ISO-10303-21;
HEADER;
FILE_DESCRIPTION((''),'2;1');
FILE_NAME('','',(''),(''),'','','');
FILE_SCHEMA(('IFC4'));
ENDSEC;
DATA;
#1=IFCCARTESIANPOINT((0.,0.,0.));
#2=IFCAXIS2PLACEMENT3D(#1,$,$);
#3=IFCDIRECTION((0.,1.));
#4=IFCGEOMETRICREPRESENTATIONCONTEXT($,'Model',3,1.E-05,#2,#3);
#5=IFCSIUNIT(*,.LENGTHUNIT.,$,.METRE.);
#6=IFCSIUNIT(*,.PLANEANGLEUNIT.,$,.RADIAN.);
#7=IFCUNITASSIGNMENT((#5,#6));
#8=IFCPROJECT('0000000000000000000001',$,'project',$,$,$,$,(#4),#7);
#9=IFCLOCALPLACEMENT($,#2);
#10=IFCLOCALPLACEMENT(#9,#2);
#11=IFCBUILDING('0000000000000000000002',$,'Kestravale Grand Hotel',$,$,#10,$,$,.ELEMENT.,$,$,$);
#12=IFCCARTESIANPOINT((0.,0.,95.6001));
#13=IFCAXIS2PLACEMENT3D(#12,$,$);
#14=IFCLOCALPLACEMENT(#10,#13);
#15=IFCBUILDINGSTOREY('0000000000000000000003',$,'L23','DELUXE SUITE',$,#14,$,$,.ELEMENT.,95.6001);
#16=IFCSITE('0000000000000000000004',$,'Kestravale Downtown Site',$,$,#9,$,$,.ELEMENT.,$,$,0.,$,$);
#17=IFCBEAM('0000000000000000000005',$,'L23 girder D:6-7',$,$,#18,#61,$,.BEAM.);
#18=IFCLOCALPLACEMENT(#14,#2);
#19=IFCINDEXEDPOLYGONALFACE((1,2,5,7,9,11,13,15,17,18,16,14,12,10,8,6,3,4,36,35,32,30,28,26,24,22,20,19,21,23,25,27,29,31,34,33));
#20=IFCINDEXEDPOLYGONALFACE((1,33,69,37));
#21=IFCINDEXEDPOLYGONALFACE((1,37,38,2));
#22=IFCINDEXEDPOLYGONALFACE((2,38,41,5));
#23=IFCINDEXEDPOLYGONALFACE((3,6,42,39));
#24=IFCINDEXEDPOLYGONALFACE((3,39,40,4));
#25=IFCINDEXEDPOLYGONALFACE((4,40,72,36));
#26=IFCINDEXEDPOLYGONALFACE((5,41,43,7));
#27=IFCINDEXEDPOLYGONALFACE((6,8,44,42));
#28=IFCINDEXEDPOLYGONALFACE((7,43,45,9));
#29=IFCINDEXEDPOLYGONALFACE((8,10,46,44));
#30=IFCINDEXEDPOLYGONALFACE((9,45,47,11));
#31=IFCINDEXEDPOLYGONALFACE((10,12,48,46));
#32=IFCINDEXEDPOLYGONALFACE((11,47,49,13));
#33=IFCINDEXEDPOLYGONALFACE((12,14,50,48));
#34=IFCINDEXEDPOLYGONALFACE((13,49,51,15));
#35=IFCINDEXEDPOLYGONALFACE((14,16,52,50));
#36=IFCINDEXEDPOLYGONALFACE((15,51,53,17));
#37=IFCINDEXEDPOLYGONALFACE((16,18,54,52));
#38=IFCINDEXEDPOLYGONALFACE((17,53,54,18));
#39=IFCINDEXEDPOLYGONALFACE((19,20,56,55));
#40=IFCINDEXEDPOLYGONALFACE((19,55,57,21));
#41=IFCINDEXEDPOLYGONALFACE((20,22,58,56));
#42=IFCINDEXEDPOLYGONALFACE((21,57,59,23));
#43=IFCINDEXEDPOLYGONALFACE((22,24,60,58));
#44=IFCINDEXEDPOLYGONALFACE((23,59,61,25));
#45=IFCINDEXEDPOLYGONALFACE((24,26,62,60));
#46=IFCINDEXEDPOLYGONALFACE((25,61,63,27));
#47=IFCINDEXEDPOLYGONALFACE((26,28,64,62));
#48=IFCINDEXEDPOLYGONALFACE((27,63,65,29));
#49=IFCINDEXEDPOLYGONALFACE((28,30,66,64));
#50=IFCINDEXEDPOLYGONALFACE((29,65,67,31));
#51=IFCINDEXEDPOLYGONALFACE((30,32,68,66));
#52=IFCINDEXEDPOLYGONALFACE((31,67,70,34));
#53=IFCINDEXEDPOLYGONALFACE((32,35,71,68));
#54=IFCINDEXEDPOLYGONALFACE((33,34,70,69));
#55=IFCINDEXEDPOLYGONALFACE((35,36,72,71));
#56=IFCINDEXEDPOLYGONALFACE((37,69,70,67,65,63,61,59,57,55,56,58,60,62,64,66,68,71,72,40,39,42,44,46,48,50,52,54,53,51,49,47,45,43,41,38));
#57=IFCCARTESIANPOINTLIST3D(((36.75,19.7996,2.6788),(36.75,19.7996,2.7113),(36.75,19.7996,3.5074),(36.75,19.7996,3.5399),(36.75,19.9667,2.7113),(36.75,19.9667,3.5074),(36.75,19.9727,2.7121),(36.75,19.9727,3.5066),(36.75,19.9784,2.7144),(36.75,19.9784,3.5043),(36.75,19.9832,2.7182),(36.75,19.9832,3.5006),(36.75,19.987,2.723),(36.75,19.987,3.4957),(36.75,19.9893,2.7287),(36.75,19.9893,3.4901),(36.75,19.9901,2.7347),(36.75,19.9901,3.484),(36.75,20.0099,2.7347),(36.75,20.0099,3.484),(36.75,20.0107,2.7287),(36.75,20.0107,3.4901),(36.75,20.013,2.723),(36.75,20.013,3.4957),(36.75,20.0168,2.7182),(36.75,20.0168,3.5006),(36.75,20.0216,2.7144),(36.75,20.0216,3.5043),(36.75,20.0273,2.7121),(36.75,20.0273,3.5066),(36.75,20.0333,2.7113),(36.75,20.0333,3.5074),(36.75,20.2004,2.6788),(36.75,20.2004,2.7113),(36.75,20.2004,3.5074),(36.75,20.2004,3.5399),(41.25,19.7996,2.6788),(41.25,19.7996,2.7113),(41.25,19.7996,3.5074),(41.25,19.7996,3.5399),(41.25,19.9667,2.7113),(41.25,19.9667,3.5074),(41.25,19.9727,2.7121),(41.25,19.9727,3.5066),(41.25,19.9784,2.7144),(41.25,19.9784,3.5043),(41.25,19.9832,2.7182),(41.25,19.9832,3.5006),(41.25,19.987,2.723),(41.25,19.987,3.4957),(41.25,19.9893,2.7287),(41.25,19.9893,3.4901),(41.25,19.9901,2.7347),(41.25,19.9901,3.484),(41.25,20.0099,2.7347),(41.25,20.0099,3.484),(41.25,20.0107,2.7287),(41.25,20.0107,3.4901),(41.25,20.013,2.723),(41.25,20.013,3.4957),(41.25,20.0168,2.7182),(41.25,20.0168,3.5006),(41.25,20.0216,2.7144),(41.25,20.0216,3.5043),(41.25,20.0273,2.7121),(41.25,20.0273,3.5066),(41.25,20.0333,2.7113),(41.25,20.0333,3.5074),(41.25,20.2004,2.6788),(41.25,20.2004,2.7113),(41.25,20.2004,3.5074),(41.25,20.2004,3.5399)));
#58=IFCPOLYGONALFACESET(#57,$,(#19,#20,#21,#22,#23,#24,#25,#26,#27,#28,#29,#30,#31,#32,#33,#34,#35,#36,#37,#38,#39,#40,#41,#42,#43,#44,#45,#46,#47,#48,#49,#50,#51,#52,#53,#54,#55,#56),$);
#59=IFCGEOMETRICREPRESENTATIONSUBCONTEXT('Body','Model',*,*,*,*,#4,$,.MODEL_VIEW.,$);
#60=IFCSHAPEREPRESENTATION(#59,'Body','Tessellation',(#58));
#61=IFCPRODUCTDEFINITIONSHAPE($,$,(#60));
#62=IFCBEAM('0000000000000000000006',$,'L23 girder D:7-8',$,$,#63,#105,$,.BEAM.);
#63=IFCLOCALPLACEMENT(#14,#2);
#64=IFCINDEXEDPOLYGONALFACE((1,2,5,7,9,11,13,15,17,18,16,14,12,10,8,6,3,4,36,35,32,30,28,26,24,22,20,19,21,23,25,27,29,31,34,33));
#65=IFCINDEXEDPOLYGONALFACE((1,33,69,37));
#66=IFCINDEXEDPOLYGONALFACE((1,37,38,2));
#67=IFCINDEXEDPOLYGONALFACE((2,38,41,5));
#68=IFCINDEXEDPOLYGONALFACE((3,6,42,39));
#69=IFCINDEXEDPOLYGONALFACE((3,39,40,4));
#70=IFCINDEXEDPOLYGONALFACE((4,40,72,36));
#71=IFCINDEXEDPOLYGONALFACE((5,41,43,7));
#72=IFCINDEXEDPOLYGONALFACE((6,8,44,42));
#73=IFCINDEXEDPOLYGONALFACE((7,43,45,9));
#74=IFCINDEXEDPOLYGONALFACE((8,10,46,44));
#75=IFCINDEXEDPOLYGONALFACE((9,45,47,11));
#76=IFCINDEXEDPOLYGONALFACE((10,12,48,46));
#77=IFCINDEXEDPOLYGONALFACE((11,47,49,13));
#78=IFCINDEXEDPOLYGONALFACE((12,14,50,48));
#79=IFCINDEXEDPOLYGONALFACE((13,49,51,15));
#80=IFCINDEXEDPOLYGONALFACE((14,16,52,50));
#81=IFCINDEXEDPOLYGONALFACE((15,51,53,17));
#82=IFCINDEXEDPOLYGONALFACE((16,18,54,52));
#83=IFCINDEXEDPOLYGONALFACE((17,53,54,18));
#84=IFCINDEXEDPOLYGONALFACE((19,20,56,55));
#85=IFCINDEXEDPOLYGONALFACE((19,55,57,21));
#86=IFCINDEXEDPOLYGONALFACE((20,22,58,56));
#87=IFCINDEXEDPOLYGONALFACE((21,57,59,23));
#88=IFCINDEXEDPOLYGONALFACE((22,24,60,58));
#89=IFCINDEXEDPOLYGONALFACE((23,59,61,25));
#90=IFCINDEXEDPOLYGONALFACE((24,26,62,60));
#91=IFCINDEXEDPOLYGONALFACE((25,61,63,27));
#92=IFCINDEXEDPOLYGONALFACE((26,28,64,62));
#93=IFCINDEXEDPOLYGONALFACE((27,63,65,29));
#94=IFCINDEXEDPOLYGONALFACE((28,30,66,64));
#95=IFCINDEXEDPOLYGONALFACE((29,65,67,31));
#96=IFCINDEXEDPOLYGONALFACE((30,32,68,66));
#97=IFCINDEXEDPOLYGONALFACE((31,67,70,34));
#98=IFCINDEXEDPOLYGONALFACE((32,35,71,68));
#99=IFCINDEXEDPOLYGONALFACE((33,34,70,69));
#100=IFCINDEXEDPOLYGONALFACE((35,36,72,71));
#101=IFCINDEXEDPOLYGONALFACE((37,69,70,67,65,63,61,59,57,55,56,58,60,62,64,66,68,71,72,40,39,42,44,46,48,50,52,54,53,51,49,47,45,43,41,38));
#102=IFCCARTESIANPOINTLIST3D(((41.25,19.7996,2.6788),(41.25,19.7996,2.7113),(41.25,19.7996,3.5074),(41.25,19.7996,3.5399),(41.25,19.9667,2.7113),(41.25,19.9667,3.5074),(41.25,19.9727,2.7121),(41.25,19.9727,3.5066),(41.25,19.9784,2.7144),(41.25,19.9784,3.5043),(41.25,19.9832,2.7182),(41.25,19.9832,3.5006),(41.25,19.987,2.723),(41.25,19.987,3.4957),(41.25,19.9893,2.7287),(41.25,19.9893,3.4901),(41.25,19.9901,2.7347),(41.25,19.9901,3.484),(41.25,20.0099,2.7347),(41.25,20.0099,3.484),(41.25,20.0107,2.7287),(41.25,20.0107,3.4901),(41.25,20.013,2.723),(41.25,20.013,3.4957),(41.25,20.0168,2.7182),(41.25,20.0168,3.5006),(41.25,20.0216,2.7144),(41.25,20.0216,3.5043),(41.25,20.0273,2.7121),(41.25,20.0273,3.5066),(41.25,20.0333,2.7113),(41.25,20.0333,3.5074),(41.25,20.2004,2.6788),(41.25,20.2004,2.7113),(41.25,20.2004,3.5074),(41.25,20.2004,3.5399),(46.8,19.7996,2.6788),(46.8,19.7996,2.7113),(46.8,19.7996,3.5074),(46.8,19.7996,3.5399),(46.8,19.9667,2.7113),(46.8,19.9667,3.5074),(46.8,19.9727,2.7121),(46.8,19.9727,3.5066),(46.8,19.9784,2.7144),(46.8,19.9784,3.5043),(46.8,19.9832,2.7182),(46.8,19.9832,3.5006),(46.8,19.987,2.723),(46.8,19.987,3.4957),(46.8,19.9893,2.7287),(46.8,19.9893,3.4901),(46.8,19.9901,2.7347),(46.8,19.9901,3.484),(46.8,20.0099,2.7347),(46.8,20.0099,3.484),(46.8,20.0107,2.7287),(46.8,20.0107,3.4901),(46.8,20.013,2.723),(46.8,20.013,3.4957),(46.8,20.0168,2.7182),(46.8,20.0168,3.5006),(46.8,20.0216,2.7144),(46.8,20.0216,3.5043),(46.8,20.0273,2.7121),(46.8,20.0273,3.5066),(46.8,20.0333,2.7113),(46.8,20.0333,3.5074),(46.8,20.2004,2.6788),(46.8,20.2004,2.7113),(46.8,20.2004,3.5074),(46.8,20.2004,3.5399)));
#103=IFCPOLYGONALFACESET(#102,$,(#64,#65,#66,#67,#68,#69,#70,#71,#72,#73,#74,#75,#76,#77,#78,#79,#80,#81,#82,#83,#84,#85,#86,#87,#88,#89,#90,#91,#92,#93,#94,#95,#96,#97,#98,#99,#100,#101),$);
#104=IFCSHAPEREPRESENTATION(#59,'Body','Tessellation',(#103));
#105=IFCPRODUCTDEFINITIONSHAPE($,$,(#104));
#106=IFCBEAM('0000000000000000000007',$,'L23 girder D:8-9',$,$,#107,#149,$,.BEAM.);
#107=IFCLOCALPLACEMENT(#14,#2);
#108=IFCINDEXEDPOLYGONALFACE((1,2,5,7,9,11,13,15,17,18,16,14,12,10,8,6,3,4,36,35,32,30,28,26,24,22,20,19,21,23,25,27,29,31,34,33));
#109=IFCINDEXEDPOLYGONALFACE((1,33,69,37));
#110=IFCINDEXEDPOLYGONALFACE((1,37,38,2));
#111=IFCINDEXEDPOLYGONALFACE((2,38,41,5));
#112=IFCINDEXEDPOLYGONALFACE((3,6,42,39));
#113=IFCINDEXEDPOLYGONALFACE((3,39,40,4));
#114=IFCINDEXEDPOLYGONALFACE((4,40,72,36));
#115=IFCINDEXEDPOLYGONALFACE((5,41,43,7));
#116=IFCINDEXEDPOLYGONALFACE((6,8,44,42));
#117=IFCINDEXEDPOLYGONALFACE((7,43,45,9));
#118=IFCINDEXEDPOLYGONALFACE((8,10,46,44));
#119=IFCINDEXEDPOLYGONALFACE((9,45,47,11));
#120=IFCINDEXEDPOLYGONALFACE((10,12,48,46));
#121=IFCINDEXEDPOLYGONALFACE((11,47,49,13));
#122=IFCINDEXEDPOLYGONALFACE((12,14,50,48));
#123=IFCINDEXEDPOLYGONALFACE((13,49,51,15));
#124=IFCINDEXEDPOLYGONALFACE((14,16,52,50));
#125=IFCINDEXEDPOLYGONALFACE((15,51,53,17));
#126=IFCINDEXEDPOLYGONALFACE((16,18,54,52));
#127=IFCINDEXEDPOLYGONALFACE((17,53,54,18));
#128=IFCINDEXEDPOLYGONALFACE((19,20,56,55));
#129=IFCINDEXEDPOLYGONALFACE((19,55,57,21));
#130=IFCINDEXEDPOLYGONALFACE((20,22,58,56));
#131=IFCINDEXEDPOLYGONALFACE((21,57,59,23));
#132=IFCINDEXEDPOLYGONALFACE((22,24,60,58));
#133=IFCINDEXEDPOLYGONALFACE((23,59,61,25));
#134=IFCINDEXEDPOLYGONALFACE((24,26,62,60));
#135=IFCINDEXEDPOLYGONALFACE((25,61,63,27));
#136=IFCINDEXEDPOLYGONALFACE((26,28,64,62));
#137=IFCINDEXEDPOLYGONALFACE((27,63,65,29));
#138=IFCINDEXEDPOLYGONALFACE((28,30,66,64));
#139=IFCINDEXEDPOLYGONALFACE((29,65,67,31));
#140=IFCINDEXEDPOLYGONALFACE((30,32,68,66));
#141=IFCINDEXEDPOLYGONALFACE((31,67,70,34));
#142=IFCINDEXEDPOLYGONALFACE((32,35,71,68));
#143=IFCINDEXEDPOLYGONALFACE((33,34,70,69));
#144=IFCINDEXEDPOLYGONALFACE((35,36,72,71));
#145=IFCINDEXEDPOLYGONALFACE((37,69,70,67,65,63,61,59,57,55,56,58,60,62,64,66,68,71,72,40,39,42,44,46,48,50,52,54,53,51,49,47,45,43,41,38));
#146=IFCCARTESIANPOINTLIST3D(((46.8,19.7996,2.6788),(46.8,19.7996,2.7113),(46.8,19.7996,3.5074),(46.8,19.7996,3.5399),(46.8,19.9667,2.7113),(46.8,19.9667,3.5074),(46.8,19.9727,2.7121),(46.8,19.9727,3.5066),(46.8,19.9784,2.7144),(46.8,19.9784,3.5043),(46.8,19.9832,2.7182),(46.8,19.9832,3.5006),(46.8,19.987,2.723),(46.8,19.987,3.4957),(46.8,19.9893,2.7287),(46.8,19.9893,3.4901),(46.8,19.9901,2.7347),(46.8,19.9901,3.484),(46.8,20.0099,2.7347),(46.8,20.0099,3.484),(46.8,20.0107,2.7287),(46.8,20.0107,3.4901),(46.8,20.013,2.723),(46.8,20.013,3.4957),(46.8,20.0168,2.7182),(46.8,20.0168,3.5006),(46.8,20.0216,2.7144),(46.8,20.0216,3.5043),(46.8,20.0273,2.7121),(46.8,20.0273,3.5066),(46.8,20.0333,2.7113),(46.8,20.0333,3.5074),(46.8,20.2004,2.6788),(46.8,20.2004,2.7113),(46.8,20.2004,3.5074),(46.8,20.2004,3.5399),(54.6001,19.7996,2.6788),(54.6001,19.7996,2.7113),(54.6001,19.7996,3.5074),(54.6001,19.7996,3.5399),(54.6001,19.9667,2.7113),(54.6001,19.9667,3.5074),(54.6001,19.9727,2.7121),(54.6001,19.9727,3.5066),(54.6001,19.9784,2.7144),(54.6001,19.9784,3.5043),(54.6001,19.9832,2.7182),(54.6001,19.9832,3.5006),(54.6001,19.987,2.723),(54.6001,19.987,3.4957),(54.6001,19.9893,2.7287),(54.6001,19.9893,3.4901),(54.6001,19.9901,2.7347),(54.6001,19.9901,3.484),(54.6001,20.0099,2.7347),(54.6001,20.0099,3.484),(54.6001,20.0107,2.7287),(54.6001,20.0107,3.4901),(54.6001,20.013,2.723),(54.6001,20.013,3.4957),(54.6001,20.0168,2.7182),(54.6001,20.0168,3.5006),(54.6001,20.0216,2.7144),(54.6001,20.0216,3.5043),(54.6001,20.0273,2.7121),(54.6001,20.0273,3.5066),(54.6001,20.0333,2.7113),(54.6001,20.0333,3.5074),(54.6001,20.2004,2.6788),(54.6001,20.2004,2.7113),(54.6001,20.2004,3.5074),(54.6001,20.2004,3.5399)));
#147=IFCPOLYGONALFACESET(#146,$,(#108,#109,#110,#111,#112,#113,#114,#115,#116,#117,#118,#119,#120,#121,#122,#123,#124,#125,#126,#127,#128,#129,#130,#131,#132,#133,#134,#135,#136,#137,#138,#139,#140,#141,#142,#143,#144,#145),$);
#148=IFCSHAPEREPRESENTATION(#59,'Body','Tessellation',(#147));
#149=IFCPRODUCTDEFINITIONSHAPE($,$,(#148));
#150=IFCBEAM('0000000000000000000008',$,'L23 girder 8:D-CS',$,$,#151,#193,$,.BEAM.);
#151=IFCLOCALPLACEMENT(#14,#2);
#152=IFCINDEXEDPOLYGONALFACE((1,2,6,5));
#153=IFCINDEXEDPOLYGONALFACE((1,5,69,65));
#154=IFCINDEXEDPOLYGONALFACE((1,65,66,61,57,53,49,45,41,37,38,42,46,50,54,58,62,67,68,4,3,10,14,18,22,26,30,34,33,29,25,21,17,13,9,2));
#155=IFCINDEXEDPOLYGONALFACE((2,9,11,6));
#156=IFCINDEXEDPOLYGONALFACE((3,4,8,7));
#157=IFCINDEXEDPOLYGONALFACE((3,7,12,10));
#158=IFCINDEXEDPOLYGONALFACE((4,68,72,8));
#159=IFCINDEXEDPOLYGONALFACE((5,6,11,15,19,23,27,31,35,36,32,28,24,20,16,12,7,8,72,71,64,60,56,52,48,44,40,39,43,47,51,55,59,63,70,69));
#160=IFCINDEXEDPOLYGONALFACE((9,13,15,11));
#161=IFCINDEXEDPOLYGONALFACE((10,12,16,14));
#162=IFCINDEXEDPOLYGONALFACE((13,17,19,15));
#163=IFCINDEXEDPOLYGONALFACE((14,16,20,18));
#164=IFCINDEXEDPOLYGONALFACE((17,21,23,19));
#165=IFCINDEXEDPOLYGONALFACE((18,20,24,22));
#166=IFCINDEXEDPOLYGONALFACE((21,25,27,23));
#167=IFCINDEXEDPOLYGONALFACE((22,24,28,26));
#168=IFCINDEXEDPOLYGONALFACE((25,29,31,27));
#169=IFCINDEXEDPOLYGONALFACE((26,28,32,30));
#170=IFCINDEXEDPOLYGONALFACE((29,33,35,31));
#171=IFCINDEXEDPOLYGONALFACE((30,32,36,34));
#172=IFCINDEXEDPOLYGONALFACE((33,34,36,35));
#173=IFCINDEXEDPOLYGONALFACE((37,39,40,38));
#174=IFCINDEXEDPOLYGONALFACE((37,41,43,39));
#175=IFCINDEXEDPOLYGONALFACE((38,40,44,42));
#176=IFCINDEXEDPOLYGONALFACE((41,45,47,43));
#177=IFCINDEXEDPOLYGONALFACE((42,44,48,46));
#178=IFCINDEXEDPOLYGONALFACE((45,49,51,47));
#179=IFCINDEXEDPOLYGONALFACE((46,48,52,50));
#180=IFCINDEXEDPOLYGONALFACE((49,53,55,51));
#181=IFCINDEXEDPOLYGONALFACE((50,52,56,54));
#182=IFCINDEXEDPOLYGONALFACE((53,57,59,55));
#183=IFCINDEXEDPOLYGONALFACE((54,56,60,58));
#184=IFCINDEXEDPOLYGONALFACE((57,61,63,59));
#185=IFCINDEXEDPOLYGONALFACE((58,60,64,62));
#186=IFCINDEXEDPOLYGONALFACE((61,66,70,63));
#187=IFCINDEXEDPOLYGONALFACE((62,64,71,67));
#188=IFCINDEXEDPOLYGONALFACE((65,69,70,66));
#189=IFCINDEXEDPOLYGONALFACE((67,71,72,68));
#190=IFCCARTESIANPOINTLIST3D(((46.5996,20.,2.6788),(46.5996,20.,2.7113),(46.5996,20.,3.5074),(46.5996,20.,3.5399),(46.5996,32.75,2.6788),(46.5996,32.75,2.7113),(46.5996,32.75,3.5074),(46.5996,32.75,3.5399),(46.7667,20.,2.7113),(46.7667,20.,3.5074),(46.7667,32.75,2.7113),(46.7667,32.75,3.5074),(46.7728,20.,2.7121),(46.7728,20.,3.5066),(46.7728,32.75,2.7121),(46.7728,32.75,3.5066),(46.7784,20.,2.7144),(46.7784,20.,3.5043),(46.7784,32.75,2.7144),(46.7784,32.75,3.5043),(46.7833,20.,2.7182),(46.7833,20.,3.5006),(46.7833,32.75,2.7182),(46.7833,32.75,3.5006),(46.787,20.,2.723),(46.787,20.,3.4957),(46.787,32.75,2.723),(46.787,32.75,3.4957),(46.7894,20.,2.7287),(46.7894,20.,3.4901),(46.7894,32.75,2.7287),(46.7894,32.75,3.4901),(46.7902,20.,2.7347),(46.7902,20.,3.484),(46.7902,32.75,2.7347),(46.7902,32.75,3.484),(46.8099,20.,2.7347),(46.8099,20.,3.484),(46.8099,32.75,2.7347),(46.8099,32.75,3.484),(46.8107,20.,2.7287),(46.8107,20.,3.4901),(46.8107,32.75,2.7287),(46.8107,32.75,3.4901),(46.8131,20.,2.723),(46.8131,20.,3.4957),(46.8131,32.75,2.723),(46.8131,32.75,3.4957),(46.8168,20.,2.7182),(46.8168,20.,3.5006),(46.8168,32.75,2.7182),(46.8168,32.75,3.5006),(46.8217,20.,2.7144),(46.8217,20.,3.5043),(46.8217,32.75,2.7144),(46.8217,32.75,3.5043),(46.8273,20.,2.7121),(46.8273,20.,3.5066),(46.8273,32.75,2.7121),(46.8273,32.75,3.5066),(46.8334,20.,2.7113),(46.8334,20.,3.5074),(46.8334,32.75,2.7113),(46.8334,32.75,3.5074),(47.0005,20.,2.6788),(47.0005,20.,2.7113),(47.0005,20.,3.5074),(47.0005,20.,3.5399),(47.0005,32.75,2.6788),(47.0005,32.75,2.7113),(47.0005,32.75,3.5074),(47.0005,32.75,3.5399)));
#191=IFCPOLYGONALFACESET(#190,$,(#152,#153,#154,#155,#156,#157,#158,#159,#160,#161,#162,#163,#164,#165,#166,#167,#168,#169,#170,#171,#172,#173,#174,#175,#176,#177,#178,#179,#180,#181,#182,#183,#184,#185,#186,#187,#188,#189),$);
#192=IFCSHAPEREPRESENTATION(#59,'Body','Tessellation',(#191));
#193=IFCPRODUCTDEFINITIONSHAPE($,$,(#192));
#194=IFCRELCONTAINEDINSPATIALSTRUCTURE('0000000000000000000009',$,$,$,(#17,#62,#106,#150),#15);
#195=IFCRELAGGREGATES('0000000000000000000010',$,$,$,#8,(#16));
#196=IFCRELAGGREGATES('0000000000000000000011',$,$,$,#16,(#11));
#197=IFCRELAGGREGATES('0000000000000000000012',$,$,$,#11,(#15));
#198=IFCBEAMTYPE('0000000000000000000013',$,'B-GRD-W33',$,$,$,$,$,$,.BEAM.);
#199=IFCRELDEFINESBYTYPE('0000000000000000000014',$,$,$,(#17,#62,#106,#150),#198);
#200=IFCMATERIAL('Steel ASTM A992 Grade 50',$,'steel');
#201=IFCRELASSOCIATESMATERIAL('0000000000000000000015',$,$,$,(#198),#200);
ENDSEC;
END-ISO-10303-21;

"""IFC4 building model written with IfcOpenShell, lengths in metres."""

from ifc_helpers import new_model, si_unit, direction, frame, origin, origin_2d, place, context, subcontext, project, spatial, i_section, extrude, material, material_profile, profile_set, type_object, element, save


model = new_model("IFC4")

# Units and contexts
model_context = context("Model", 3, precision=1e-05, world=origin(), true_north=direction((0.0, 1.0)))
body_context = subcontext(model_context, "Body", "Model", "MODEL_VIEW")
ifc_project = project(units=[si_unit("LENGTHUNIT", "METRE"), si_unit("PLANEANGLEUNIT", "RADIAN")], contexts=[model_context])

# Site, building, storey
site_placement = place(None, origin())
site = spatial("IfcSite", under=ifc_project, at=site_placement, Name="Kestravale Downtown Site", CompositionType="ELEMENT", RefElevation=0.0)
building_placement = place(site_placement, origin())
building = spatial("IfcBuilding", under=site, at=building_placement, Name="Kestravale Grand Hotel", CompositionType="ELEMENT")
storey_placement = place(building_placement, frame((0.0, 0.0, 95.6001)))
storey = spatial("IfcBuildingStorey", under=building, at=storey_placement, Name="L23", Description="DELUXE SUITE", CompositionType="ELEMENT", Elevation=95.6001)

# Beams
ifc_material_1 = material(Name="Steel ASTM A992 Grade 50", Category="steel")
ifc_material_profile_1 = material_profile(ifc_material_1, i_section(OverallWidth=0.4009, OverallDepth=0.8611, WebThickness=0.0198, FlangeThickness=0.0325, FilletRadius=0.0234, at=origin_2d()))
ifc_profile_set_1 = profile_set([ifc_material_profile_1], Name="Steel ASTM A992 Grade 50")
beam_type_1 = type_object("IfcBeamType", Name="B-GRD-W33", PredefinedType="BEAM", material=ifc_profile_set_1)
beam_1_placement = place(storey_placement, frame((36.75, 20.0, 3.1094), z_axis=(1.0, 0.0, 0.0), x_axis=(0.0, 1.0, 0.0)))
element("IfcBeam", 1, at=beam_1_placement, inside=storey, type_object=beam_type_1, Name="L23 girder D:6-7", PredefinedType="BEAM", context=body_context, shape_type="SweptSolid", body=[
    extrude(i_section(OverallWidth=0.4009, OverallDepth=0.8611, WebThickness=0.0198, FlangeThickness=0.0325, FilletRadius=0.0234, at=origin_2d()), origin(), (0.0, 0.0, 1.0), 4.5),
])
beam_2_placement = place(storey_placement, frame((41.25, 20.0, 3.1094), z_axis=(1.0, 0.0, 0.0), x_axis=(0.0, 1.0, 0.0)))
element("IfcBeam", 2, at=beam_2_placement, inside=storey, type_object=beam_type_1, Name="L23 girder D:7-8", PredefinedType="BEAM", context=body_context, shape_type="SweptSolid", body=[
    extrude(i_section(OverallWidth=0.4009, OverallDepth=0.8611, WebThickness=0.0198, FlangeThickness=0.0325, FilletRadius=0.0234, at=origin_2d()), origin(), (0.0, 0.0, 1.0), 5.55),
])
beam_3_placement = place(storey_placement, frame((46.8, 20.0, 3.1094), z_axis=(1.0, 0.0, 0.0), x_axis=(0.0, 1.0, 0.0)))
element("IfcBeam", 3, at=beam_3_placement, inside=storey, type_object=beam_type_1, Name="L23 girder D:8-9", PredefinedType="BEAM", context=body_context, shape_type="SweptSolid", body=[
    extrude(i_section(OverallWidth=0.4009, OverallDepth=0.8611, WebThickness=0.0198, FlangeThickness=0.0325, FilletRadius=0.0234, at=origin_2d()), origin(), (0.0, 0.0, 1.0), 7.8),
])
beam_4_placement = place(storey_placement, frame((46.8, 20.0, 3.1094), z_axis=(0.0, 1.0, 0.0), x_axis=(-1.0, 0.0, 0.0)))
element("IfcBeam", 4, at=beam_4_placement, inside=storey, type_object=beam_type_1, Name="L23 girder 8:D-CS", PredefinedType="BEAM", context=body_context, shape_type="SweptSolid", body=[
    extrude(i_section(OverallWidth=0.4009, OverallDepth=0.8611, WebThickness=0.0198, FlangeThickness=0.0325, FilletRadius=0.0234, at=origin_2d()), origin(), (0.0, 0.0, 1.0), 12.75),
])

save(model, "model.ifc")
